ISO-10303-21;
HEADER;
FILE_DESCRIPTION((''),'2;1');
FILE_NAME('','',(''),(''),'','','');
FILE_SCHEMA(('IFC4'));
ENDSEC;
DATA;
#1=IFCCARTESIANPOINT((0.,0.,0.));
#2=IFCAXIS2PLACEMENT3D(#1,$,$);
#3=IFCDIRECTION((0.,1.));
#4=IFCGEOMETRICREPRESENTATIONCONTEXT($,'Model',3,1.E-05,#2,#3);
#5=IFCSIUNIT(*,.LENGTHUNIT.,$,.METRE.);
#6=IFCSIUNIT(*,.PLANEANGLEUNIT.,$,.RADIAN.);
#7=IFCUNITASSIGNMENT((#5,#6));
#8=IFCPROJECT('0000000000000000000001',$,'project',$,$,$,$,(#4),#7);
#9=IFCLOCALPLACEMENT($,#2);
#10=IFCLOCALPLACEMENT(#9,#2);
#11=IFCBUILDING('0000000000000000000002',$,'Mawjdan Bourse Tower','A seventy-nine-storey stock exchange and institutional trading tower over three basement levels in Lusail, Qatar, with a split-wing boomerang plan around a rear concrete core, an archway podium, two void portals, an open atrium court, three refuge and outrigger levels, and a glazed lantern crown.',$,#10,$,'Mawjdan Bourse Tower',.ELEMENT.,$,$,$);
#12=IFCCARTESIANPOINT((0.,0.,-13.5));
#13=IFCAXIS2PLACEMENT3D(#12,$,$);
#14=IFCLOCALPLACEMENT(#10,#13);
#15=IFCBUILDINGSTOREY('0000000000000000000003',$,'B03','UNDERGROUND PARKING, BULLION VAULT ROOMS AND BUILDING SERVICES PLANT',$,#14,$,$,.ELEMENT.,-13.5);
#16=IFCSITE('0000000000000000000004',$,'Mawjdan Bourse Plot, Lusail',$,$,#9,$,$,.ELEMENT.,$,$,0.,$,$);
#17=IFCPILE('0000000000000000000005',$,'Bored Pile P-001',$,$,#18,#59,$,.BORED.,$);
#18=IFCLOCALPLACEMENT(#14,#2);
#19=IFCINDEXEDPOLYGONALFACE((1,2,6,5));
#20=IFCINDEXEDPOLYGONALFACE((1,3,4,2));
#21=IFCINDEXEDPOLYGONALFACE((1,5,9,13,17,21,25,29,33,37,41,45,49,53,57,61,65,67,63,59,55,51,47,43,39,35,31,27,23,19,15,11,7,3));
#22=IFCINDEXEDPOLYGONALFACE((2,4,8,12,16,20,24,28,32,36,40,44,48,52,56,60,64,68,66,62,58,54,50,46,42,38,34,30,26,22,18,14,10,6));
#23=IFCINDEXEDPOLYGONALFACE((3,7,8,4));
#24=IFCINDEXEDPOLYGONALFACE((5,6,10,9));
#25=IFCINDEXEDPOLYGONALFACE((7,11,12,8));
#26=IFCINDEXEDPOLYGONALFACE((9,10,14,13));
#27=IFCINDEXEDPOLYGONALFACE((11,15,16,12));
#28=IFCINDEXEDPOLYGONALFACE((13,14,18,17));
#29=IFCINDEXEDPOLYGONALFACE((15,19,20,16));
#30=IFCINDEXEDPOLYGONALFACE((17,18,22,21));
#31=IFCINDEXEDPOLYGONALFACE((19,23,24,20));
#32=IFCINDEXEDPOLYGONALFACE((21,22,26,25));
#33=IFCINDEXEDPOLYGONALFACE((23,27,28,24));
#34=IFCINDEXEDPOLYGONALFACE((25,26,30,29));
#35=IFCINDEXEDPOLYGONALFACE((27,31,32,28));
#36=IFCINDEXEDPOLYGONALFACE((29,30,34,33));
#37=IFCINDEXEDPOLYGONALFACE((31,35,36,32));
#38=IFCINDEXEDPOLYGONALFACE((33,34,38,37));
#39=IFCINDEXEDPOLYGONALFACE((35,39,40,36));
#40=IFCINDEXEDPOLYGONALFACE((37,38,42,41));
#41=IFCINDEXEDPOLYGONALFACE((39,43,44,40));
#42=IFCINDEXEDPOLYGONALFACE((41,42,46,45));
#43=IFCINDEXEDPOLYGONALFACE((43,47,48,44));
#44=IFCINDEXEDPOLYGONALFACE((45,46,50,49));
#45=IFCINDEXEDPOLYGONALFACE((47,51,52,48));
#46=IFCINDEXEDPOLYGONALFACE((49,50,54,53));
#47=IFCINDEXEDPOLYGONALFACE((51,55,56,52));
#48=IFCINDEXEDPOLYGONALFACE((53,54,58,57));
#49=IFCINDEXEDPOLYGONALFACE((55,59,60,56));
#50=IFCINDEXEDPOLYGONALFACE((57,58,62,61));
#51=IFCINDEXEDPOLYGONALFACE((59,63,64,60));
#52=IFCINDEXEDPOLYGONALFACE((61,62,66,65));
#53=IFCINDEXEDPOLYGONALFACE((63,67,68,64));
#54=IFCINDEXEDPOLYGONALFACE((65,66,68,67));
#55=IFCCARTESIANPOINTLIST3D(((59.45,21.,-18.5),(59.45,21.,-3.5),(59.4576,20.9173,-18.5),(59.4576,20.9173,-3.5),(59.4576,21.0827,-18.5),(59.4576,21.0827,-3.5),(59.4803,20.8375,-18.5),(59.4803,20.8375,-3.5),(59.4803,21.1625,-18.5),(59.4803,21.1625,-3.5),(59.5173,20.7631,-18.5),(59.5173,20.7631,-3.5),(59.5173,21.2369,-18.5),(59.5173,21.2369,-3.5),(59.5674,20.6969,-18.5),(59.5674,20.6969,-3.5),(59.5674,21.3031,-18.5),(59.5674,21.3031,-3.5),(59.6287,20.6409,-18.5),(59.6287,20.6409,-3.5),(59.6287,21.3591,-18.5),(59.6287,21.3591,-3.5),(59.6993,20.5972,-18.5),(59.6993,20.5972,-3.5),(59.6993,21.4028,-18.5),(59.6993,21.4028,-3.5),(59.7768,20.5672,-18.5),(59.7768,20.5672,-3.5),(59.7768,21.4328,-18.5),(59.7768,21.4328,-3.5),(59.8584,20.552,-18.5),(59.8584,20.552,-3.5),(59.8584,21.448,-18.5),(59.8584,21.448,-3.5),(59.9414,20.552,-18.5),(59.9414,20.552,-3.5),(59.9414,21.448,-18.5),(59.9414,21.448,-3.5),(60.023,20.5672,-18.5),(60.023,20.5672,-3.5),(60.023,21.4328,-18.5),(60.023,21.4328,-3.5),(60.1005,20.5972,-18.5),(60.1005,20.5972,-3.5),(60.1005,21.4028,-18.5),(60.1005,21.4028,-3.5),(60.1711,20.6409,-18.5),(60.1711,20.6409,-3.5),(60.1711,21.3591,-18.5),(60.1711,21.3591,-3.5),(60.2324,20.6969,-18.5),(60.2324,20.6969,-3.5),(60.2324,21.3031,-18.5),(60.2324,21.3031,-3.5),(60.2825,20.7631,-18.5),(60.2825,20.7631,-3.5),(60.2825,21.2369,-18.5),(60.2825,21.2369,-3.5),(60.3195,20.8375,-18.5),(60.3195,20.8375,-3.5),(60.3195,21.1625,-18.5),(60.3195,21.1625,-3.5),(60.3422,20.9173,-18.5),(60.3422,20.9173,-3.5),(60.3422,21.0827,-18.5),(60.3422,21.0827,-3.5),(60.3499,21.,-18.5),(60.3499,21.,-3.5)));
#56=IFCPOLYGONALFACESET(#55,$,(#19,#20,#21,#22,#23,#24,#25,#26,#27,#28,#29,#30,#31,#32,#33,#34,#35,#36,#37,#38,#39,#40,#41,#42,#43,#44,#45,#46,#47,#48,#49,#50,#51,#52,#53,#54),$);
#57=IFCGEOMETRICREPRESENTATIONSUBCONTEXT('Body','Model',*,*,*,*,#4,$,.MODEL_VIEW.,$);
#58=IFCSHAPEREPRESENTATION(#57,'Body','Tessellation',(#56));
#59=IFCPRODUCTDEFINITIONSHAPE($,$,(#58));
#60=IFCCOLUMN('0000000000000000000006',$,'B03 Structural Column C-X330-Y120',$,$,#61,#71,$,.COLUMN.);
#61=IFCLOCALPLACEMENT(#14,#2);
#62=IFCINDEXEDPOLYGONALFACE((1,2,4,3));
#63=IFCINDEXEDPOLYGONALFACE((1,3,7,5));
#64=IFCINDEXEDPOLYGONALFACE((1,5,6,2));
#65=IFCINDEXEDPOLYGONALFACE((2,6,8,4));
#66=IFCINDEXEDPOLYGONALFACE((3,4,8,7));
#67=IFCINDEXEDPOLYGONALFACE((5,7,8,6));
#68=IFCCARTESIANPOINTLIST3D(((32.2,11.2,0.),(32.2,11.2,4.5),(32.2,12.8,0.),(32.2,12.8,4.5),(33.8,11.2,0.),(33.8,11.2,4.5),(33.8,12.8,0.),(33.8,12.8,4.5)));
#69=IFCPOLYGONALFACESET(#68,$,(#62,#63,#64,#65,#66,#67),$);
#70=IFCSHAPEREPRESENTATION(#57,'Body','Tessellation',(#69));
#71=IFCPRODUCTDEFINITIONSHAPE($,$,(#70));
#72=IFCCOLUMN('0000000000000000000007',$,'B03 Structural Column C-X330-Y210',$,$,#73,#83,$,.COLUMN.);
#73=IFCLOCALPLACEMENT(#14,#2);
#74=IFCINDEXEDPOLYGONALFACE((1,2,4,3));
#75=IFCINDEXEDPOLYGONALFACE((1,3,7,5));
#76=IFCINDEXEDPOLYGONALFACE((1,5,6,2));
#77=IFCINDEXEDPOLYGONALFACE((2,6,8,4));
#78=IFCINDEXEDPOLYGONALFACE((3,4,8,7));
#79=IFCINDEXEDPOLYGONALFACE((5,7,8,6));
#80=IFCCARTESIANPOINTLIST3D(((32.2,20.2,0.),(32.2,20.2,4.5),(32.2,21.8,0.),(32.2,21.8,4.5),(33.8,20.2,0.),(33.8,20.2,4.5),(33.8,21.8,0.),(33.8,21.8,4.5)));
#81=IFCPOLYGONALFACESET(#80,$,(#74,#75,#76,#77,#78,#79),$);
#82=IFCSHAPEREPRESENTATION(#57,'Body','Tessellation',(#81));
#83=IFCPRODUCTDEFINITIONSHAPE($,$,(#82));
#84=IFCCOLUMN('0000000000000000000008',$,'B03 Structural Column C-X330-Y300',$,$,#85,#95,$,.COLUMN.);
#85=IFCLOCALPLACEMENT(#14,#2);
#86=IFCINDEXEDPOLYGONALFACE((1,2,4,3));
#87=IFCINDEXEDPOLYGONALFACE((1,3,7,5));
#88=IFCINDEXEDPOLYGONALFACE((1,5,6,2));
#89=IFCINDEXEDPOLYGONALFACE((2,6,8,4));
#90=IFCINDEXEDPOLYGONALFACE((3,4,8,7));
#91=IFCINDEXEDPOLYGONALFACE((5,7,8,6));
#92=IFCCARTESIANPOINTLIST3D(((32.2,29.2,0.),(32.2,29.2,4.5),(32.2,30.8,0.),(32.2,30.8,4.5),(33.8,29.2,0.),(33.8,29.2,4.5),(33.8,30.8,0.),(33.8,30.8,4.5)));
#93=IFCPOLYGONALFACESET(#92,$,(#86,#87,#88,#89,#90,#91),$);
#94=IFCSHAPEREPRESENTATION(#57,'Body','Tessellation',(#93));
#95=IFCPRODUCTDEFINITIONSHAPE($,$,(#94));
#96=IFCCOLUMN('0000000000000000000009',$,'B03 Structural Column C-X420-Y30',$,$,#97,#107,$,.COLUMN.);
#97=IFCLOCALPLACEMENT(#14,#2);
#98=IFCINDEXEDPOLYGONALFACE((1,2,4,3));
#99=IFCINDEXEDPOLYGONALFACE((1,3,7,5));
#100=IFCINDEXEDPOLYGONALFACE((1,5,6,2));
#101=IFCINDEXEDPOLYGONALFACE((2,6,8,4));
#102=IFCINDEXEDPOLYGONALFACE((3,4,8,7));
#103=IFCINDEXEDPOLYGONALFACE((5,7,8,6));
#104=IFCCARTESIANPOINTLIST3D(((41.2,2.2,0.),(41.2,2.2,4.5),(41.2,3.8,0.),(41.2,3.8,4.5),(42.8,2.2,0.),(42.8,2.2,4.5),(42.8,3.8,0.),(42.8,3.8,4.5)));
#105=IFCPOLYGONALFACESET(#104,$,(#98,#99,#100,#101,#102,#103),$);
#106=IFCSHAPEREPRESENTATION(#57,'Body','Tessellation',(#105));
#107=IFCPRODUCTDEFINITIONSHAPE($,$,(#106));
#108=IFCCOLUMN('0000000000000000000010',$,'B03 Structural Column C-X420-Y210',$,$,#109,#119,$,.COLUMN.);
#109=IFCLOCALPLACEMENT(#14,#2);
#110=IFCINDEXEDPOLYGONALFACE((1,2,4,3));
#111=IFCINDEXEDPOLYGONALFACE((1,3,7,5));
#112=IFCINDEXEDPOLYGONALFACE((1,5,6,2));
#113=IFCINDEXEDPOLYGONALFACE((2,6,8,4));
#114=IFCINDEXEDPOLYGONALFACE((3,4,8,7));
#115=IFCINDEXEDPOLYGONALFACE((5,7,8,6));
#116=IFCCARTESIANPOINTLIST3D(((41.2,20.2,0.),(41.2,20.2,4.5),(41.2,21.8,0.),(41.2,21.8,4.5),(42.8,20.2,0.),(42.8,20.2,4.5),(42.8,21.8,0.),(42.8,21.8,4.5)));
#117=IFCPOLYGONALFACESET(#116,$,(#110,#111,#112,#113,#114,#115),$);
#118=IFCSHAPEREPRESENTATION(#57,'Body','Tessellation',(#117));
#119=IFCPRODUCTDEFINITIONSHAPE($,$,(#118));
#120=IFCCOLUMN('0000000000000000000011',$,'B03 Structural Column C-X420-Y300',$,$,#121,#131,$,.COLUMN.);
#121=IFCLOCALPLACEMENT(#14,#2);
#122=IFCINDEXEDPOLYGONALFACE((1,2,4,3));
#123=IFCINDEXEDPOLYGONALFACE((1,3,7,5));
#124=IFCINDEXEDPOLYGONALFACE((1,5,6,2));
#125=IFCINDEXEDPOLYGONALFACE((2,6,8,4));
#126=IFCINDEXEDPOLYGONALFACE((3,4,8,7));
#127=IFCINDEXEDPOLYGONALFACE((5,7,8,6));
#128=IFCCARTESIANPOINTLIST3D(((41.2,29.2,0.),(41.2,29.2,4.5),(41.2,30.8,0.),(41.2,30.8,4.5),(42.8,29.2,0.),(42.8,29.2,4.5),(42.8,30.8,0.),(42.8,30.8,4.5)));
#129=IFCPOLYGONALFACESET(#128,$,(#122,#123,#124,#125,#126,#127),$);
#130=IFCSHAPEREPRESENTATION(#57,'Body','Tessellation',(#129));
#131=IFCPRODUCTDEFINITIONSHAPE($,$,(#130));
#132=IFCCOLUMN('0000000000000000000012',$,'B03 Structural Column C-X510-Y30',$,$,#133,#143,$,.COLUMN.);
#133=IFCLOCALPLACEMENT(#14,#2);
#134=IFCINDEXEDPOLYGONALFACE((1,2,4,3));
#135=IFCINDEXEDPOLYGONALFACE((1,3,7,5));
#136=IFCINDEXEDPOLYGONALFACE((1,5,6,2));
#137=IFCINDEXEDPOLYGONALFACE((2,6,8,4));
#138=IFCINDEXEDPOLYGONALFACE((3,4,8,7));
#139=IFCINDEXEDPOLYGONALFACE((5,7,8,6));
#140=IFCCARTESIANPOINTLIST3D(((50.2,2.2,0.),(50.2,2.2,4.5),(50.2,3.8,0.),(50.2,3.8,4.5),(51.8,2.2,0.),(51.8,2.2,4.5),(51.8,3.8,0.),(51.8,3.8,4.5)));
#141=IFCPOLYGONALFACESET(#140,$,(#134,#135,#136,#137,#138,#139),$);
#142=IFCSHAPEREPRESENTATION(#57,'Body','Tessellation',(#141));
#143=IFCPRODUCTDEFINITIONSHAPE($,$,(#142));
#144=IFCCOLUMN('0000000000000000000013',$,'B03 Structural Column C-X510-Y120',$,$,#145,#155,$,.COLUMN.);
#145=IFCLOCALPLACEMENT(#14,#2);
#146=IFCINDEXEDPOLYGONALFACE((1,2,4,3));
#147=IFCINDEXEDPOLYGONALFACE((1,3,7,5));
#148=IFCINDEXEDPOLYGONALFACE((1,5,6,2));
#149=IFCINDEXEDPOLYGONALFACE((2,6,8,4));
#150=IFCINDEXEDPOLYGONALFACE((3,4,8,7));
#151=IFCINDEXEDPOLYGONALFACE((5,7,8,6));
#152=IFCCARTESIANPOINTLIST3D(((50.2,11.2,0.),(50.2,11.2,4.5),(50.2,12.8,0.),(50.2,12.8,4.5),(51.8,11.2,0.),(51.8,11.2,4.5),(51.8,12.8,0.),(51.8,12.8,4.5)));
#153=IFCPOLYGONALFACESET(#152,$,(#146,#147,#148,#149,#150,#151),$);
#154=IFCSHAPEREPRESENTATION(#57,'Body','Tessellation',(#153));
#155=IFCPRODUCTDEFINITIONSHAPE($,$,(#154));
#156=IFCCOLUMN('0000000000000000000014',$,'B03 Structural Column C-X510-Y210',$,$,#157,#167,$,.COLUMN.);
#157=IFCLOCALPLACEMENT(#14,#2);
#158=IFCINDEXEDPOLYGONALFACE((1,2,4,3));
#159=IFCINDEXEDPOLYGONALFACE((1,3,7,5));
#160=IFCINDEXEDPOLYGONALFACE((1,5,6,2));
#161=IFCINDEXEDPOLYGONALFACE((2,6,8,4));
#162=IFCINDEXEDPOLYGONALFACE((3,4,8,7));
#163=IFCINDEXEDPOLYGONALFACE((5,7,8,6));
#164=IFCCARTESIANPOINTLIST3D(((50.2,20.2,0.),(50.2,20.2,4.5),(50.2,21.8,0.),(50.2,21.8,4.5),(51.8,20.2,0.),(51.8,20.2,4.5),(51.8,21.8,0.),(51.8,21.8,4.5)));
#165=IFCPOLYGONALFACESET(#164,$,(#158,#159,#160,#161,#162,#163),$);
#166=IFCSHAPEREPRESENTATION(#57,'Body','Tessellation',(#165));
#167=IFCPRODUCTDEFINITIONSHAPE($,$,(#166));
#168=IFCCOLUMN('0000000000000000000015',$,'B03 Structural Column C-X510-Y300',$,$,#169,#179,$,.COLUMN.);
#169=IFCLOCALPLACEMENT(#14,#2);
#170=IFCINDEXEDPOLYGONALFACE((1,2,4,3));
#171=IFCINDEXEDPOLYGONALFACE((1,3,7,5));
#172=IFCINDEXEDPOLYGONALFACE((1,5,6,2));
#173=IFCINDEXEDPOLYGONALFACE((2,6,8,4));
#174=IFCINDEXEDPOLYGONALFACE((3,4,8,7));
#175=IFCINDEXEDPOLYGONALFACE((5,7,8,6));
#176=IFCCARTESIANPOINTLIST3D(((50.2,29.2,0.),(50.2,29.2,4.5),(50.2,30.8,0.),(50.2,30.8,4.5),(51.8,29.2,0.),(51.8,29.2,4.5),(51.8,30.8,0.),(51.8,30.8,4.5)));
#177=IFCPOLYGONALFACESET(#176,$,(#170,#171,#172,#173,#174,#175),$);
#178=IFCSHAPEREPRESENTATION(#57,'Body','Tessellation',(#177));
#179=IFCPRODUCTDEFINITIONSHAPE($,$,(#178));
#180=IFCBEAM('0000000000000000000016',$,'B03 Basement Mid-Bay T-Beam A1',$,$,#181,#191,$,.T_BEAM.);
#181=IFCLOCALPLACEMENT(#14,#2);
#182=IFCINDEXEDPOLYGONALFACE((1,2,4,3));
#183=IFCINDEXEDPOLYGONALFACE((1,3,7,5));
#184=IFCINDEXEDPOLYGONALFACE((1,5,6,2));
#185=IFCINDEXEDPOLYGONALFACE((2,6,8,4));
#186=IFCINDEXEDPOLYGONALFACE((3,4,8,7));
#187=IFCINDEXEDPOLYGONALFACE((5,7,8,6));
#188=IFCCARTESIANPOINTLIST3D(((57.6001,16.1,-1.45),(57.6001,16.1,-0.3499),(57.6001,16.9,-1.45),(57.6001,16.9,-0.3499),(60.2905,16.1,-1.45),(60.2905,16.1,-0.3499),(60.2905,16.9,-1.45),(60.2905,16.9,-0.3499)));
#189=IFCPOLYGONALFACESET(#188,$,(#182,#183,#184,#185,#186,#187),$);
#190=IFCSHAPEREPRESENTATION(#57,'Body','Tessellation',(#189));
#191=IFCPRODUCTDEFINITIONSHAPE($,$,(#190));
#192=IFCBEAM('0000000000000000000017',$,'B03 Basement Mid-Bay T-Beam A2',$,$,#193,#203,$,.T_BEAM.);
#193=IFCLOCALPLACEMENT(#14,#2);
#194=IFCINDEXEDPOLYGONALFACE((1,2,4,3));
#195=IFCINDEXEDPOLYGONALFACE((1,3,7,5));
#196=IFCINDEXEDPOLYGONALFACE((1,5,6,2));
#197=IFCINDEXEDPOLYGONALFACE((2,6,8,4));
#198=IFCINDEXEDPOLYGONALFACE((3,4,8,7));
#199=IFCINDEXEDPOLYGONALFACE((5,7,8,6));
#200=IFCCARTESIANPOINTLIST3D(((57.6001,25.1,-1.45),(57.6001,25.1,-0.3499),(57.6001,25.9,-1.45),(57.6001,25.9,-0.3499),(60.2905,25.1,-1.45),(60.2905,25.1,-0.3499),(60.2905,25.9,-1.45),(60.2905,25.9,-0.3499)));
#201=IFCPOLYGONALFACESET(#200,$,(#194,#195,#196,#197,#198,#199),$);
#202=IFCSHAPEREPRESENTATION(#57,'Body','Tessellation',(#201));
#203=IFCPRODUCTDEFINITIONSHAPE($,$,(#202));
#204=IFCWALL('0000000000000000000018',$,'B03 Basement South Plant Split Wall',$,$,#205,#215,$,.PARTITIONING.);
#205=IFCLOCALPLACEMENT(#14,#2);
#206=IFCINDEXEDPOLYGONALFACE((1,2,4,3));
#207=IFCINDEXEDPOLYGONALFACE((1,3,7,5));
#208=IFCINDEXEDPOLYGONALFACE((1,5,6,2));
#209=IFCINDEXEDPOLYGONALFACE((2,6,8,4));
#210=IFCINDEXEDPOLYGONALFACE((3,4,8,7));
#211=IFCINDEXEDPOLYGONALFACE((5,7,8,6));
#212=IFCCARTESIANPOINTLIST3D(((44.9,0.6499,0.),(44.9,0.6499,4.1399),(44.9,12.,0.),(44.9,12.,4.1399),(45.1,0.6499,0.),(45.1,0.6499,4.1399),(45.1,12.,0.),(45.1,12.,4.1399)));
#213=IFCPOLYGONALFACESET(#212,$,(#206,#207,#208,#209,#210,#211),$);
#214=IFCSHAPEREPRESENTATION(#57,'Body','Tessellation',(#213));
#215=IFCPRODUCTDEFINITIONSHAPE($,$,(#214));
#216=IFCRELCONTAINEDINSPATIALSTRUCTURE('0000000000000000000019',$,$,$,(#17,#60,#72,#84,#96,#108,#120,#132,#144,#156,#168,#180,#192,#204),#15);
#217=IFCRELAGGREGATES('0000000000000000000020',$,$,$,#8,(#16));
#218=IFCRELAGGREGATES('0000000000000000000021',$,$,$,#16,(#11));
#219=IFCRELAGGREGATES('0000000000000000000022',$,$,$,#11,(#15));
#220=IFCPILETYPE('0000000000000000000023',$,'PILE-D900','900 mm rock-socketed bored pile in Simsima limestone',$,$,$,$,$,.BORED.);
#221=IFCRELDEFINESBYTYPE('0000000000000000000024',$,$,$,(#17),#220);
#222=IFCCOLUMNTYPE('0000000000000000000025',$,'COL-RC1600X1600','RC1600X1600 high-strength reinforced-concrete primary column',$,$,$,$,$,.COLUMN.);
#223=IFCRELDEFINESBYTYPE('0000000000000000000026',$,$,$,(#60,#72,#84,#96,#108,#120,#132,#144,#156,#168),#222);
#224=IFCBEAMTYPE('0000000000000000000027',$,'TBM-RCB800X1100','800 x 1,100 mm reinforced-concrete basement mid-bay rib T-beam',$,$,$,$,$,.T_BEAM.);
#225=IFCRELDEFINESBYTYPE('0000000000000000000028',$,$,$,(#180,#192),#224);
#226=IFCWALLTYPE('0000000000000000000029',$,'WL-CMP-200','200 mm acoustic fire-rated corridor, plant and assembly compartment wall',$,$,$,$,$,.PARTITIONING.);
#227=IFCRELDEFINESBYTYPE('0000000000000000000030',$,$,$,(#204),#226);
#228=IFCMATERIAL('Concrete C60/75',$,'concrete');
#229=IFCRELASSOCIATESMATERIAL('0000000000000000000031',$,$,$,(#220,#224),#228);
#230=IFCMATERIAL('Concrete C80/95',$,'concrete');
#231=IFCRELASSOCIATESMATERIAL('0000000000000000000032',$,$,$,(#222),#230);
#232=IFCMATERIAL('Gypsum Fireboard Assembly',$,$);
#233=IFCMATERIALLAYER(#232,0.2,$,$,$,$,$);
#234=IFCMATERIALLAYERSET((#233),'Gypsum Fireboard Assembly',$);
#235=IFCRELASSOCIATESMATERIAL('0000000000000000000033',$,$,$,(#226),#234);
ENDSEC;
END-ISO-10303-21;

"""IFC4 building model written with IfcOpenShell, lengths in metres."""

from ifc_helpers import new_model, si_unit, direction, frame, frame_2d, origin, origin_2d, place, context, subcontext, project, spatial, rectangle, circle, extrude, material, layer, layer_set, material_profile, profile_set, type_object, element, save


model = new_model("IFC4")

# Units and contexts
model_context = context("Model", 3, precision=1e-05, world=origin(), true_north=direction((0.0, 1.0)))
body_context = subcontext(model_context, "Body", "Model", "MODEL_VIEW")
ifc_project = project(units=[si_unit("LENGTHUNIT", "METRE"), si_unit("PLANEANGLEUNIT", "RADIAN")], contexts=[model_context])

# Site, building, storey
site_placement = place(None, origin())
site = spatial("IfcSite", under=ifc_project, at=site_placement, Name="Mawjdan Bourse Plot, Lusail", CompositionType="ELEMENT", RefElevation=0.0)
building_placement = place(site_placement, origin())
building = spatial("IfcBuilding", under=site, at=building_placement, Name="Mawjdan Bourse Tower", Description="A seventy-nine-storey stock exchange and institutional trading tower over three basement levels in Lusail, Qatar, with a split-wing boomerang plan around a rear concrete core, an archway podium, two void portals, an open atrium court, three refuge and outrigger levels, and a glazed lantern crown.", LongName="Mawjdan Bourse Tower", CompositionType="ELEMENT")
storey_placement = place(building_placement, frame((0.0, 0.0, -13.5)))
storey = spatial("IfcBuildingStorey", under=building, at=storey_placement, Name="B03", Description="UNDERGROUND PARKING, BULLION VAULT ROOMS AND BUILDING SERVICES PLANT", CompositionType="ELEMENT", Elevation=-13.5)

# Pile
ifc_material_1 = material(Name="Concrete C60/75", Category="concrete")
ifc_material_profile_1 = material_profile(ifc_material_1, circle(Radius=0.45, at=origin_2d()), Name="PILE-D900")
ifc_profile_set_1 = profile_set([ifc_material_profile_1], Name="Concrete C60/75")
pile_type_1 = type_object("IfcPileType", Name="PILE-D900", Description="900 mm rock-socketed bored pile in Simsima limestone", PredefinedType="BORED", material=ifc_profile_set_1)
pile_placement = place(storey_placement, frame((59.8999, 21.0, -3.5), z_axis=(0.0, 0.0, -1.0), x_axis=(1.0, 0.0, 0.0)))
element("IfcPile", 1, at=pile_placement, inside=storey, type_object=pile_type_1, Name="Bored Pile P-001", PredefinedType="BORED", context=body_context, shape_type="SweptSolid", body=[
    extrude(circle(Radius=0.45, at=origin_2d()), origin(), (0.0, 0.0, 1.0), 15.0),
])

# Columns
ifc_material_2 = material(Name="Concrete C80/95", Category="concrete")
ifc_material_profile_2 = material_profile(ifc_material_2, rectangle(XDim=1.6001, YDim=1.6001, at=origin_2d()), Name="RC1600X1600")
ifc_profile_set_2 = profile_set([ifc_material_profile_2], Name="Concrete C80/95")
column_type = type_object("IfcColumnType", Name="COL-RC1600X1600", Description="RC1600X1600 high-strength reinforced-concrete primary column", PredefinedType="COLUMN", material=ifc_profile_set_2)
for number, where, z_axis, x_axis, name in (
    (2, (33.0, 12.0, 0.0), (0.0, 0.0, 1.0), (1.0, 0.0, 0.0), "B03 Structural Column C-X330-Y120"),
    (3, (33.0, 21.0, 0.0), (0.0, 0.0, 1.0), (1.0, 0.0, 0.0), "B03 Structural Column C-X330-Y210"),
    (4, (33.0, 30.0, 0.0), (0.0, 0.0, 1.0), (1.0, 0.0, 0.0), "B03 Structural Column C-X330-Y300"),
    (5, (42.0, 3.0, 0.0), (0.0, 0.0, 1.0), (1.0, 0.0, 0.0), "B03 Structural Column C-X420-Y30"),
    (6, (42.0, 21.0, 0.0), (0.0, 0.0, 1.0), (1.0, 0.0, 0.0), "B03 Structural Column C-X420-Y210"),
    (7, (42.0, 30.0, 0.0), (0.0, 0.0, 1.0), (1.0, 0.0, 0.0), "B03 Structural Column C-X420-Y300"),
    (8, (51.0, 3.0, 0.0), (0.0, 0.0, 1.0), (1.0, 0.0, 0.0), "B03 Structural Column C-X510-Y30"),
    (9, (51.0, 12.0, 0.0), (0.0, 0.0, 1.0), (1.0, 0.0, 0.0), "B03 Structural Column C-X510-Y120"),
    (10, (51.0, 21.0, 0.0), (0.0, 0.0, 1.0), (1.0, 0.0, 0.0), "B03 Structural Column C-X510-Y210"),
    (11, (51.0, 30.0, 0.0), (0.0, 0.0, 1.0), (1.0, 0.0, 0.0), "B03 Structural Column C-X510-Y300"),
):
    element("IfcColumn", number, at=place(storey_placement, frame(where, z_axis=z_axis, x_axis=x_axis)), inside=storey, type_object=column_type, Name=name, PredefinedType="COLUMN", context=body_context, shape_type="SweptSolid", body=[
        extrude(rectangle(XDim=1.6001, YDim=1.6001, at=origin_2d()), origin(), (0.0, 0.0, 1.0), 4.5),
    ])

# Beams
ifc_material_profile_3 = material_profile(ifc_material_1, rectangle(XDim=0.8, YDim=1.1001, at=origin_2d()), Name="RCB800X1100")
ifc_profile_set_3 = profile_set([ifc_material_profile_3], Name="Concrete C60/75")
beam_type = type_object("IfcBeamType", Name="TBM-RCB800X1100", Description="800 x 1,100 mm reinforced-concrete basement mid-bay rib T-beam", PredefinedType="T_BEAM", material=ifc_profile_set_3)
for number, where, z_axis, x_axis, name in (
    (12, (57.6001, 16.5, -0.8999), (1.0, 0.0, 0.0), (0.0, 1.0, 0.0), "B03 Basement Mid-Bay T-Beam A1"),
    (13, (57.6001, 25.5, -0.8999), (1.0, 0.0, 0.0), (0.0, 1.0, 0.0), "B03 Basement Mid-Bay T-Beam A2"),
):
    element("IfcBeam", number, at=place(storey_placement, frame(where, z_axis=z_axis, x_axis=x_axis)), inside=storey, type_object=beam_type, Name=name, PredefinedType="T_BEAM", context=body_context, shape_type="SweptSolid", body=[
        extrude(rectangle(XDim=0.8, YDim=1.1001, at=origin_2d()), origin(), (0.0, 0.0, 1.0), 2.6904),
    ])

# Wall
ifc_material_3 = material(Name="Gypsum Fireboard Assembly")
ifc_layer = layer(ifc_material_3, 0.2)
ifc_layer_set = layer_set([ifc_layer], Name="Gypsum Fireboard Assembly")
wall_type = type_object("IfcWallType", Name="WL-CMP-200", Description="200 mm acoustic fire-rated corridor, plant and assembly compartment wall", PredefinedType="PARTITIONING", material=ifc_layer_set)
wall_1_placement = place(storey_placement, frame((45.0, 0.6499, 0.0), z_axis=(0.0, 0.0, 1.0), x_axis=(0.0, 1.0, 0.0)))
element("IfcWall", 14, at=wall_1_placement, inside=storey, type_object=wall_type, Name="B03 Basement South Plant Split Wall", PredefinedType="PARTITIONING", context=body_context, shape_type="SweptSolid", body=[
    extrude(rectangle(XDim=11.3501, YDim=0.2, at=frame_2d((5.675, 0.0))), origin(), (0.0, 0.0, 1.0), 4.1399),
])

save(model, "model.ifc")
